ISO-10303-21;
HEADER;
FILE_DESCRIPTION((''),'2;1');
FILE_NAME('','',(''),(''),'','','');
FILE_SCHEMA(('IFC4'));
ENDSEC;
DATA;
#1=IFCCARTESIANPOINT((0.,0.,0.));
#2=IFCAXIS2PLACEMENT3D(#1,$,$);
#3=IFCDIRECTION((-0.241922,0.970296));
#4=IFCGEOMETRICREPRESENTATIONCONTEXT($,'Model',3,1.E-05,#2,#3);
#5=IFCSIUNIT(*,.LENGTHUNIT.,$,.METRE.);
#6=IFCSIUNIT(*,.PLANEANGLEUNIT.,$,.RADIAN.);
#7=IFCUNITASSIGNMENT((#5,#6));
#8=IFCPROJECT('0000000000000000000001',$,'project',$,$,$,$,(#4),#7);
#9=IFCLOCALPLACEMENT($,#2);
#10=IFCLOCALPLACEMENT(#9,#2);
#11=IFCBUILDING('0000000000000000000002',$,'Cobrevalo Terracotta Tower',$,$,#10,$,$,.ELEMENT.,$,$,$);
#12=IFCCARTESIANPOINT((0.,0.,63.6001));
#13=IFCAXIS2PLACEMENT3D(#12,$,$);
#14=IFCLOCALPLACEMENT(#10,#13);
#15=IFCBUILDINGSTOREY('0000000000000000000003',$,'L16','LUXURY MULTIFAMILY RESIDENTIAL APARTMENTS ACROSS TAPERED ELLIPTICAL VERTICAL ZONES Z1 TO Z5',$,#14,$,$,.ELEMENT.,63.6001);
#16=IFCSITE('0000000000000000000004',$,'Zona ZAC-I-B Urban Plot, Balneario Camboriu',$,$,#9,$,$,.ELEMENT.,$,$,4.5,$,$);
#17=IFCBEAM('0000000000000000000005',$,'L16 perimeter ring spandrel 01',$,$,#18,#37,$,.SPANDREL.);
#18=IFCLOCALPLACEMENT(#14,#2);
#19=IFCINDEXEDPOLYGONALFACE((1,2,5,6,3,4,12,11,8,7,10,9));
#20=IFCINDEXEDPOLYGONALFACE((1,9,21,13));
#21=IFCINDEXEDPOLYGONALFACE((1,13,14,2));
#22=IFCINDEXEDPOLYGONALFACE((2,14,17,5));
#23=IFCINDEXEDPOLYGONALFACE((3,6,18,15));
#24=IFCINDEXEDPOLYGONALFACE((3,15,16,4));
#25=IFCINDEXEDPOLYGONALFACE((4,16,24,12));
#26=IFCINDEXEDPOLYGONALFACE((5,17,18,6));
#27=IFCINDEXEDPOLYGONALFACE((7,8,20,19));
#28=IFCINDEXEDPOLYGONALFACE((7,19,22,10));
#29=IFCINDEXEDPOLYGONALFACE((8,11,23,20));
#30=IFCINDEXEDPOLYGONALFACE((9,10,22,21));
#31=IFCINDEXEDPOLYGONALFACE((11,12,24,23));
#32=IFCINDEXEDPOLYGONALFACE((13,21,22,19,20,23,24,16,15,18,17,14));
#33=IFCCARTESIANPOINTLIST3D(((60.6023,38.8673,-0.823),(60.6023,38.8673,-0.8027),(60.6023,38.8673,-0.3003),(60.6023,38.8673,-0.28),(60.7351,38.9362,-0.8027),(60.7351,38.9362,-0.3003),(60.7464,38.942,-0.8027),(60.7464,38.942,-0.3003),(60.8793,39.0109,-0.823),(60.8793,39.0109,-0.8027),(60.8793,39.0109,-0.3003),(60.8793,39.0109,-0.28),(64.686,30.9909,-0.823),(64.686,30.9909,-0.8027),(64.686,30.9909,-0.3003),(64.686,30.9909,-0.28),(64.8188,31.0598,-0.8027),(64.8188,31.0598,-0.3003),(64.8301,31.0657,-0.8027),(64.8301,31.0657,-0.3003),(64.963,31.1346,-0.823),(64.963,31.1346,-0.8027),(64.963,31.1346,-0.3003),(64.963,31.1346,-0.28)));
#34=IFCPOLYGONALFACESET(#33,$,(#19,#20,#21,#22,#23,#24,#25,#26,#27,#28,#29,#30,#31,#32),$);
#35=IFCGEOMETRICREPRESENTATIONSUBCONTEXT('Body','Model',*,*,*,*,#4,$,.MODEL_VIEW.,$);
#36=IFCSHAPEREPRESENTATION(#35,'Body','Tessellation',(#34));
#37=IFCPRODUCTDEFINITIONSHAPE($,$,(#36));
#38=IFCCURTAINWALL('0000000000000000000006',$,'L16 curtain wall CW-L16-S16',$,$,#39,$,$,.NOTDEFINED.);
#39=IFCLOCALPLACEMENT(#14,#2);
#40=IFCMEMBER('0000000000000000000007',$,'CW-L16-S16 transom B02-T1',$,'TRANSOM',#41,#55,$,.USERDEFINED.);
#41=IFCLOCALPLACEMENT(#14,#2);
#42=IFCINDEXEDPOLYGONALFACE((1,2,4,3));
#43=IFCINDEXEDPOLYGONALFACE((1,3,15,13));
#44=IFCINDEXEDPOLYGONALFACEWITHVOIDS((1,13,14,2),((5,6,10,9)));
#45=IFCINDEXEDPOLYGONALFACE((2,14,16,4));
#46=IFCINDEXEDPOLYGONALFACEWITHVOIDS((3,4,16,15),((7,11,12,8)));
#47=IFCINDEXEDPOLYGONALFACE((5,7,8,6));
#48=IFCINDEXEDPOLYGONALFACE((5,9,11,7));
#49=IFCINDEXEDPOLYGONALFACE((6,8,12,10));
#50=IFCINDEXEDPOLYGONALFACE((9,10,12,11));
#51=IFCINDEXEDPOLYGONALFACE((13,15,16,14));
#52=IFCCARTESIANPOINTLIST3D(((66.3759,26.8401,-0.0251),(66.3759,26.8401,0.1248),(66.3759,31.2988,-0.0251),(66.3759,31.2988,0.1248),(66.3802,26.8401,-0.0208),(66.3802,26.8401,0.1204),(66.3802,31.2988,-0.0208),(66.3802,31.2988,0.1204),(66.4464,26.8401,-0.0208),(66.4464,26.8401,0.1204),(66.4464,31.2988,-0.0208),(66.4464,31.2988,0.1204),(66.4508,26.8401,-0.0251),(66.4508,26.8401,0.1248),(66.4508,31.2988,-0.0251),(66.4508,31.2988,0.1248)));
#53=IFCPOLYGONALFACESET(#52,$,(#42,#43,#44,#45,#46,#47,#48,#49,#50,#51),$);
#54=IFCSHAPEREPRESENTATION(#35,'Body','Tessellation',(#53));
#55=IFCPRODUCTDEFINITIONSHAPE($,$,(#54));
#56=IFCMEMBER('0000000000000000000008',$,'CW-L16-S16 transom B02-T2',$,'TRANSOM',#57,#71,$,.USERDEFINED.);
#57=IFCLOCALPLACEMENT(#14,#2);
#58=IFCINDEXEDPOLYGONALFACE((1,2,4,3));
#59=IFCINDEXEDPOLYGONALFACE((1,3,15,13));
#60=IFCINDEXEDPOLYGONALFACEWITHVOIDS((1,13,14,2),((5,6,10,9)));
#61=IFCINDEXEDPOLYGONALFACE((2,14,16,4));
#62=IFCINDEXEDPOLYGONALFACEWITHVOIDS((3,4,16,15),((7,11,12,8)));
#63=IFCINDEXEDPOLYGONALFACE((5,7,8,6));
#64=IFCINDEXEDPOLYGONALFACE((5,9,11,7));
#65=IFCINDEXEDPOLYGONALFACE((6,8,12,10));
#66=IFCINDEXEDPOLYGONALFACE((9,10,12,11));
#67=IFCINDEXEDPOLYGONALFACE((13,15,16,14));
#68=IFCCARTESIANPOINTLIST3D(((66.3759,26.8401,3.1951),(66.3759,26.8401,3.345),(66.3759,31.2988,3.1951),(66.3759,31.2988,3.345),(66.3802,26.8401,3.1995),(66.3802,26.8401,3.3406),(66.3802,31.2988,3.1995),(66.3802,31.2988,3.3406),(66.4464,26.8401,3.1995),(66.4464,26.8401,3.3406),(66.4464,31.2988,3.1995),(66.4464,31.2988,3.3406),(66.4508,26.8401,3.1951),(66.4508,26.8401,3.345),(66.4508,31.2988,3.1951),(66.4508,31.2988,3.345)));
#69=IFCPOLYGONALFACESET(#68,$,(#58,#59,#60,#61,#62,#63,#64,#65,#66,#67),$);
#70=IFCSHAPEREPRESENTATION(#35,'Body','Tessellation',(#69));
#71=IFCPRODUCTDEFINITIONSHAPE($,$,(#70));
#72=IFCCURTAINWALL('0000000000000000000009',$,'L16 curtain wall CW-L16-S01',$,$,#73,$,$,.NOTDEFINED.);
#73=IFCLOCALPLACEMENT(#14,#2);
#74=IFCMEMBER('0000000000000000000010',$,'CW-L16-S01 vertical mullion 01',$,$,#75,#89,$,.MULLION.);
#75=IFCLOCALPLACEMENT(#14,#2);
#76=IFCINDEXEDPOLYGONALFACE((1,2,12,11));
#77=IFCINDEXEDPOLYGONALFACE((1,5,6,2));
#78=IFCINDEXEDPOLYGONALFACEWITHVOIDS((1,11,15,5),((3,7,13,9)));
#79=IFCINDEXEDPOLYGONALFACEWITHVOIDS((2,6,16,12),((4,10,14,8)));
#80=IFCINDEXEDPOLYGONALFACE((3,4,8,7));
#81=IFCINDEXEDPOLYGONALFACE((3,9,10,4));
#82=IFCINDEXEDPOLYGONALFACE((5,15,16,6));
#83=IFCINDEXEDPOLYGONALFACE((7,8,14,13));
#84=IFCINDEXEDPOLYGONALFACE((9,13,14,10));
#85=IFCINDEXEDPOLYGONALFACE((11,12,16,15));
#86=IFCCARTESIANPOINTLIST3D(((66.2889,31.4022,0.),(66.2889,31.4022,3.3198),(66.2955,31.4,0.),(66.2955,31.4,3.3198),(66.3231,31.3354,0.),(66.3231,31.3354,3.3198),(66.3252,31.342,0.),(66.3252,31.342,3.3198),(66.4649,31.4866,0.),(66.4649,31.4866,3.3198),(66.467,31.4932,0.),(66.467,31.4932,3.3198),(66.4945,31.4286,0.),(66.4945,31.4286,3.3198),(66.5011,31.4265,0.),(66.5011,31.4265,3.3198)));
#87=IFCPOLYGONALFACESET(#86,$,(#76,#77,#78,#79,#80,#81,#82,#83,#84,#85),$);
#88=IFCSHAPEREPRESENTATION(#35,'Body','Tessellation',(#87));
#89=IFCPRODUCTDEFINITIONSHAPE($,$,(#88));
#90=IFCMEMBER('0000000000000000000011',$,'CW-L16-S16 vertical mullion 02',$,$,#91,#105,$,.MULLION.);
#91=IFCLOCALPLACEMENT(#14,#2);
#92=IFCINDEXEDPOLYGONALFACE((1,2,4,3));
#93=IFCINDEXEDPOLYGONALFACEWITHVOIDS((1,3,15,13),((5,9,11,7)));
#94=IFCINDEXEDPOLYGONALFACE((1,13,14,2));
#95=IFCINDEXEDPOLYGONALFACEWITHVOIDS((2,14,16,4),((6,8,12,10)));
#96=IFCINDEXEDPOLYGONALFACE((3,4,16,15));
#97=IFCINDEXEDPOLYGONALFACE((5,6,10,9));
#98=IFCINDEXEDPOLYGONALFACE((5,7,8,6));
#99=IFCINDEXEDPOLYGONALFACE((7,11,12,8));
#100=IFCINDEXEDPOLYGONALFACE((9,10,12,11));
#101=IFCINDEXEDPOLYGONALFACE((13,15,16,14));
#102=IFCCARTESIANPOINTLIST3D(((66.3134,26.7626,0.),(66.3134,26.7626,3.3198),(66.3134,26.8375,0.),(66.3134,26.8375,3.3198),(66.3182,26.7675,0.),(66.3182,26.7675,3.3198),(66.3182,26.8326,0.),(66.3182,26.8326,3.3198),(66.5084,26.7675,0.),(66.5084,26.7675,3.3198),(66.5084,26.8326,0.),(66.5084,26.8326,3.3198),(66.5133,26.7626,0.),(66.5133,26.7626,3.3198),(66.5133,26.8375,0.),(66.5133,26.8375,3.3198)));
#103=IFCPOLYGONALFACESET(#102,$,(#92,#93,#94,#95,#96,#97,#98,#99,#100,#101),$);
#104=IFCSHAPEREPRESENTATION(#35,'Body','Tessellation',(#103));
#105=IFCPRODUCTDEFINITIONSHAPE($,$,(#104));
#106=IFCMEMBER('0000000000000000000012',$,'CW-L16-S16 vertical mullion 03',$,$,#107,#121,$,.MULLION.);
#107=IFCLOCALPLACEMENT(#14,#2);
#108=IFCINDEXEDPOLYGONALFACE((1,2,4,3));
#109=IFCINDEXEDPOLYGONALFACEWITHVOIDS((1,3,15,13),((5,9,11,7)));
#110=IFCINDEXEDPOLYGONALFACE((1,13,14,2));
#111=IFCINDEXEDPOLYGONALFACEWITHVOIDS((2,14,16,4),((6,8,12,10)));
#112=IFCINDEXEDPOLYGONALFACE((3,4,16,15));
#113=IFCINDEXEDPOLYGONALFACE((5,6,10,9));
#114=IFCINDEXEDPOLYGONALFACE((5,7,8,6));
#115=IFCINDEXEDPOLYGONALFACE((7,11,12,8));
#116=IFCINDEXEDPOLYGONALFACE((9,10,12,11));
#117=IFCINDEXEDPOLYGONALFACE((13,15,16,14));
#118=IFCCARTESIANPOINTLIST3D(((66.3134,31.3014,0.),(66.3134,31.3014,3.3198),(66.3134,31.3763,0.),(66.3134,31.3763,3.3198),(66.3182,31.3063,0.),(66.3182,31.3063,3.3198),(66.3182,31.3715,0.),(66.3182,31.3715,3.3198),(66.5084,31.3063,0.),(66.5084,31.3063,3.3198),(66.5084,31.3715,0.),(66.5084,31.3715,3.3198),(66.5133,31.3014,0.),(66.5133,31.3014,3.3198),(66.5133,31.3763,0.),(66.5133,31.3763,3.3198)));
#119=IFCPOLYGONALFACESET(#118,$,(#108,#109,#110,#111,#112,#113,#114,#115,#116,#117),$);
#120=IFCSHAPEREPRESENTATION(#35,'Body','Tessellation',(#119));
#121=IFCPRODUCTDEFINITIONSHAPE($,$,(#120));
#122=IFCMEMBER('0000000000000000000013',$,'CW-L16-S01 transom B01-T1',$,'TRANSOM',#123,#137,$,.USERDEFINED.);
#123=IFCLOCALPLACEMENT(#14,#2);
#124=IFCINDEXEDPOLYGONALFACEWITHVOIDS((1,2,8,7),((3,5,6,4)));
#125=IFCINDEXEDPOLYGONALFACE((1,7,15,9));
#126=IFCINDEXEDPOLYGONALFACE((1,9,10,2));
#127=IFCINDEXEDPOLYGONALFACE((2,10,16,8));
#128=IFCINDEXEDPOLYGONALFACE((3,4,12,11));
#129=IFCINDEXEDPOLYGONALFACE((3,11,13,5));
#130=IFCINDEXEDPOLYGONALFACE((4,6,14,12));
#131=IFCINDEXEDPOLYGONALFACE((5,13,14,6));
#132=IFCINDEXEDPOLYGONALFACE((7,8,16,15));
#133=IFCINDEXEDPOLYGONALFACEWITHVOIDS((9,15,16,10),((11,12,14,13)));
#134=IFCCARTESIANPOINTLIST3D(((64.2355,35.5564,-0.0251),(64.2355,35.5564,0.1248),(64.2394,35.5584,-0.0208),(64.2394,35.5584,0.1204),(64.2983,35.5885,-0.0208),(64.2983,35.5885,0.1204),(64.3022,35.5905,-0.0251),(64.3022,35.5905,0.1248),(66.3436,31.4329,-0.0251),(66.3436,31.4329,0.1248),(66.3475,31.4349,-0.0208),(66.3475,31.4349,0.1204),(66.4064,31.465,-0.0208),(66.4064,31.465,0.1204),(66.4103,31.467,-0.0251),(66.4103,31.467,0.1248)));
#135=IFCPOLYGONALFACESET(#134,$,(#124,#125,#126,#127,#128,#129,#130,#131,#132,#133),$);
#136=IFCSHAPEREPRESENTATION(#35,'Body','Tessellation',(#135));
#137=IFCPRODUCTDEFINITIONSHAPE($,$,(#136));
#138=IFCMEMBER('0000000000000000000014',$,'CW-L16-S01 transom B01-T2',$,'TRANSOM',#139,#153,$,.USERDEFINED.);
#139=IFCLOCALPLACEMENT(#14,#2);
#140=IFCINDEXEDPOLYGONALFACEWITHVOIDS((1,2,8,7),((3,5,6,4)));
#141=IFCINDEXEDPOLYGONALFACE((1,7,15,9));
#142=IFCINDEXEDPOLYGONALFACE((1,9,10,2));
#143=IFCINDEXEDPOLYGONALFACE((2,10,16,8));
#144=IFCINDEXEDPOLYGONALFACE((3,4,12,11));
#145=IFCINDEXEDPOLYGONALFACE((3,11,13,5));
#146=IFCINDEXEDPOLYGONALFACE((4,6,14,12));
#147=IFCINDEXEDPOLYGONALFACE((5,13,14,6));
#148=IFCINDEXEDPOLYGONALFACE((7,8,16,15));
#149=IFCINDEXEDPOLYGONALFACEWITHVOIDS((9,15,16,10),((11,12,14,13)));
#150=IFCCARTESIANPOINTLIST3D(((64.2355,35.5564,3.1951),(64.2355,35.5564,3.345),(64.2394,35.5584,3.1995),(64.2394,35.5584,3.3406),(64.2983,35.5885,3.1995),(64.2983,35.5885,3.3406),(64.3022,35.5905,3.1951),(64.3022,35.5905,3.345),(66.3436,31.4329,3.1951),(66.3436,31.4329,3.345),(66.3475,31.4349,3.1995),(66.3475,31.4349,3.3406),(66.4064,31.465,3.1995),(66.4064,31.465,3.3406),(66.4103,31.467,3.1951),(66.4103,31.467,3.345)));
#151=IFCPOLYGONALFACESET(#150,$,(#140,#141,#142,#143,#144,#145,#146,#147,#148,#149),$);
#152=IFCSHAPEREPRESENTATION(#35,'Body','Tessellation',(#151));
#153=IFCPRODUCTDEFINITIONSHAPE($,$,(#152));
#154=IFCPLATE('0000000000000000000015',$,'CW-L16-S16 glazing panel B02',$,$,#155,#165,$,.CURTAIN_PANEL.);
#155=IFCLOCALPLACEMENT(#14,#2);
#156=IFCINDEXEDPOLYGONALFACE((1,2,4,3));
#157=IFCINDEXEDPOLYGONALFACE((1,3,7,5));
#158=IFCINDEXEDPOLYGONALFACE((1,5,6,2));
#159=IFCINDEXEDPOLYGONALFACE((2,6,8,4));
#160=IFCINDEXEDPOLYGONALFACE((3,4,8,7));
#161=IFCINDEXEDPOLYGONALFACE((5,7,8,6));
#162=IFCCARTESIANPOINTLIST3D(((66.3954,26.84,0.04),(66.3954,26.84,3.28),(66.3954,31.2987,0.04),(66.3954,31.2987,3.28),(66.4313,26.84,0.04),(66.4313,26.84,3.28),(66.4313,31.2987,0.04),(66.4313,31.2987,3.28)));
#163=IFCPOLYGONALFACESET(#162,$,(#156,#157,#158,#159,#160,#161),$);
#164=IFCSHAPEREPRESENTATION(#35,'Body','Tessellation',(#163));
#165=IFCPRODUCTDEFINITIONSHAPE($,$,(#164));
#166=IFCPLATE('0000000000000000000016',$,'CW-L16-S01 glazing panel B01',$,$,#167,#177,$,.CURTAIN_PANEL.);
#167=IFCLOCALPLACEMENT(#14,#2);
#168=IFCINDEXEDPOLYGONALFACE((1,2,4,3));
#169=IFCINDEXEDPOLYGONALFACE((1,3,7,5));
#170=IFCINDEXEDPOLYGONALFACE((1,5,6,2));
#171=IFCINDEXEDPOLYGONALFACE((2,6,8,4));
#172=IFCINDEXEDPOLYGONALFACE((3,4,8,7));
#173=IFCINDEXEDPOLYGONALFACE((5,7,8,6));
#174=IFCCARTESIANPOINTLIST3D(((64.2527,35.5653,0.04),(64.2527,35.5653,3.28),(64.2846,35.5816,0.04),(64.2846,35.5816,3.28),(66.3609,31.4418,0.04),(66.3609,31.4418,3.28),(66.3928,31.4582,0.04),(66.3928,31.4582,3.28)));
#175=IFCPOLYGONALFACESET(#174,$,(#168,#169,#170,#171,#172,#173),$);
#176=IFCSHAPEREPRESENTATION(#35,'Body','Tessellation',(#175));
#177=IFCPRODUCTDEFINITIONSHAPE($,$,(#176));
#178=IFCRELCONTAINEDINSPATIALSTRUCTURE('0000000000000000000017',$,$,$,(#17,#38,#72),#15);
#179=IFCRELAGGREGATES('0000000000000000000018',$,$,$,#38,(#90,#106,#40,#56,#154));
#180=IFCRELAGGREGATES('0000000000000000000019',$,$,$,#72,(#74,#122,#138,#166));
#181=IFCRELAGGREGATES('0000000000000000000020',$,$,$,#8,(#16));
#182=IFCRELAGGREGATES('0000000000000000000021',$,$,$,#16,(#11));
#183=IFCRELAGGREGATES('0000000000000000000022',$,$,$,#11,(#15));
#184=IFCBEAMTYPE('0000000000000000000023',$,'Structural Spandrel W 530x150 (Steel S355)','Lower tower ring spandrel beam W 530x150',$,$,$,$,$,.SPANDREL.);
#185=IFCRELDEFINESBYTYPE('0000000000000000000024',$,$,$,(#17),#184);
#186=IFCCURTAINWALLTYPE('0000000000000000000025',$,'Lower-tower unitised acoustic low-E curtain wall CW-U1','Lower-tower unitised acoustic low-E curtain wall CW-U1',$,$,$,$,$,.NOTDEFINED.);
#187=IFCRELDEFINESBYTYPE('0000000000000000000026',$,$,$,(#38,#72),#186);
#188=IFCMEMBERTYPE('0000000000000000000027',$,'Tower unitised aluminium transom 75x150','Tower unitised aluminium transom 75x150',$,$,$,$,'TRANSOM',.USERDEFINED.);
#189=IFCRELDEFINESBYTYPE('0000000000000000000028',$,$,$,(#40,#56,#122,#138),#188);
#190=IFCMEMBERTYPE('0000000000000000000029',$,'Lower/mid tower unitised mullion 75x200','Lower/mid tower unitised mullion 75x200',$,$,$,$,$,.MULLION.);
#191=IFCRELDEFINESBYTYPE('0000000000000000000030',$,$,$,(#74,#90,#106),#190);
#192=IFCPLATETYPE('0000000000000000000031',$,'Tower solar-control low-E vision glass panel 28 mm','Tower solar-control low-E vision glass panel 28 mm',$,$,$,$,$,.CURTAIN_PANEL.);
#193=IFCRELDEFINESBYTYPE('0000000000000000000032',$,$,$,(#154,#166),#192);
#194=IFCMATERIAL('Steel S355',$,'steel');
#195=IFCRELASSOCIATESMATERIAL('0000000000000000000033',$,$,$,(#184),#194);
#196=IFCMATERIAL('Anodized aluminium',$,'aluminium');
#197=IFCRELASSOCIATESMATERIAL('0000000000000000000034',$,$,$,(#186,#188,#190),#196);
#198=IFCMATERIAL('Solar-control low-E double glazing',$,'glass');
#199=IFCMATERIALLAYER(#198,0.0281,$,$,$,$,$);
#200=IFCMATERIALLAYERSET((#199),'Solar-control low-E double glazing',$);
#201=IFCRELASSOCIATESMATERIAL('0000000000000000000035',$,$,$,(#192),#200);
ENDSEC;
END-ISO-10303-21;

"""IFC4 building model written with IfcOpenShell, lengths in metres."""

from ifc_helpers import new_model, si_unit, direction, frame, origin, origin_2d, place, context, subcontext, project, spatial, rectangle, hollow_rectangle, i_section, extrude, source, transform, mapped, material, layer, layer_set, material_profile, profile_set, type_object, element, aggregate, save


model = new_model("IFC4")

# Units and contexts
model_context = context("Model", 3, precision=1e-05, world=origin(), true_north=direction((-0.241922, 0.970296)))
body_context = subcontext(model_context, "Body", "Model", "MODEL_VIEW")
ifc_project = project(units=[si_unit("LENGTHUNIT", "METRE"), si_unit("PLANEANGLEUNIT", "RADIAN")], contexts=[model_context])

# Site, building, storey
site_placement = place(None, origin())
site = spatial("IfcSite", under=ifc_project, at=site_placement, Name="Zona ZAC-I-B Urban Plot, Balneario Camboriu", CompositionType="ELEMENT", RefElevation=4.5)
building_placement = place(site_placement, origin())
building = spatial("IfcBuilding", under=site, at=building_placement, Name="Cobrevalo Terracotta Tower", CompositionType="ELEMENT")
storey_placement = place(building_placement, frame((0.0, 0.0, 63.6001)))
storey = spatial("IfcBuildingStorey", under=building, at=storey_placement, Name="L16", Description="LUXURY MULTIFAMILY RESIDENTIAL APARTMENTS ACROSS TAPERED ELLIPTICAL VERTICAL ZONES Z1 TO Z5", CompositionType="ELEMENT", Elevation=63.6001)

# Shared definitions
ifc_material_1 = material(Name="Steel S355", Category="steel")

# Beam
ifc_material_profile_1 = material_profile(ifc_material_1, i_section(OverallWidth=0.312, OverallDepth=0.543, WebThickness=0.0127, FlangeThickness=0.0203, at=origin_2d()), Name="W 530x150")
ifc_profile_set_1 = profile_set([ifc_material_profile_1], Name="Steel S355")
beam_type_1 = type_object("IfcBeamType", Name="Structural Spandrel W 530x150 (Steel S355)", Description="Lower tower ring spandrel beam W 530x150", PredefinedType="SPANDREL", material=ifc_profile_set_1)
beam_1_placement = place(storey_placement, frame((64.8245, 31.0627, -0.5515), z_axis=(-0.460286, 0.887771, 0.0), x_axis=(-0.887771, -0.460286, 0.0)))
element("IfcBeam", 1, at=beam_1_placement, inside=storey, type_object=beam_type_1, Name="L16 perimeter ring spandrel 01", PredefinedType="SPANDREL", context=body_context, shape_type="SweptSolid", body=[
    extrude(i_section(OverallWidth=0.312, OverallDepth=0.543, WebThickness=0.0127, FlangeThickness=0.0203, at=origin_2d()), origin(), (0.0, 0.0, 1.0), 8.8721),
])

# Curtain wall, members
ifc_material_2 = material(Name="Anodized aluminium", Category="aluminium")
curtain_wall_type = type_object("IfcCurtainWallType", Name="Lower-tower unitised acoustic low-E curtain wall CW-U1", Description="Lower-tower unitised acoustic low-E curtain wall CW-U1", PredefinedType="NOTDEFINED", material=ifc_material_2)
curtain_wall_1_placement = place(storey_placement, origin())
curtain_wall_1 = element("IfcCurtainWall", 2, at=curtain_wall_1_placement, inside=storey, type_object=curtain_wall_type, Name="L16 curtain wall CW-L16-S16", PredefinedType="NOTDEFINED")
ifc_material_profile_2 = material_profile(ifc_material_2, hollow_rectangle(XDim=0.075, YDim=0.1499, WallThickness=0.0044, at=origin_2d()), Name="CWT 75x150")
ifc_profile_set_2 = profile_set([ifc_material_profile_2], Name="Anodized aluminium")
member_type_1 = type_object("IfcMemberType", Name="Tower unitised aluminium transom 75x150", Description="Tower unitised aluminium transom 75x150", ElementType="TRANSOM", PredefinedType="USERDEFINED", material=ifc_profile_set_2)
shared_shape_1 = source(origin(), body_context, "Body", "SweptSolid", [
    extrude(hollow_rectangle(XDim=0.075, YDim=0.1499, WallThickness=0.0044, at=origin_2d()), origin(), (0.0, 0.0, 1.0), 4.4587),
])
member_1_placement = place(storey_placement, frame((66.4133, 26.8401, 0.0498), z_axis=(0.0, 1.0, 0.0), x_axis=(-1.0, 0.0, 0.0)))
member_1 = element("IfcMember", 3, at=member_1_placement, type_object=member_type_1, Name="CW-L16-S16 transom B02-T1", ObjectType="TRANSOM", PredefinedType="USERDEFINED", context=body_context, shape_type="MappedRepresentation", body=[
    mapped(shared_shape_1, transform((0.0, 0.0, 0.0), scale=1.0)),
])
member_2_placement = place(storey_placement, frame((66.4133, 26.8401, 3.27), z_axis=(0.0, 1.0, 0.0), x_axis=(-1.0, 0.0, 0.0)))
member_2 = element("IfcMember", 4, at=member_2_placement, type_object=member_type_1, Name="CW-L16-S16 transom B02-T2", ObjectType="TRANSOM", PredefinedType="USERDEFINED", context=body_context, shape_type="MappedRepresentation", body=[
    mapped(shared_shape_1, transform((0.0, 0.0, 0.0), scale=1.0)),
])

# Curtain wall, member
curtain_wall_2_placement = place(storey_placement, origin())
curtain_wall_2 = element("IfcCurtainWall", 5, at=curtain_wall_2_placement, inside=storey, type_object=curtain_wall_type, Name="L16 curtain wall CW-L16-S01", PredefinedType="NOTDEFINED")
ifc_material_profile_3 = material_profile(ifc_material_2, hollow_rectangle(XDim=0.075, YDim=0.2, WallThickness=0.0049, at=origin_2d()), Name="CWM 75x200")
ifc_profile_set_3 = profile_set([ifc_material_profile_3], Name="Anodized aluminium")
member_type_2 = type_object("IfcMemberType", Name="Lower/mid tower unitised mullion 75x200", Description="Lower/mid tower unitised mullion 75x200", PredefinedType="MULLION", material=ifc_profile_set_3)
shared_shape_2 = source(origin(), body_context, "Body", "SweptSolid", [
    extrude(hollow_rectangle(XDim=0.075, YDim=0.2, WallThickness=0.0049, at=origin_2d()), origin(), (0.0, 0.0, 1.0), 3.3198),
])
member_3_placement = place(storey_placement, frame((66.395, 31.4143, 0.0), z_axis=(0.0, 0.0, 1.0), x_axis=(-0.455234, 0.890372, 0.0)))
member_3 = element("IfcMember", 6, at=member_3_placement, type_object=member_type_2, Name="CW-L16-S01 vertical mullion 01", PredefinedType="MULLION", context=body_context, shape_type="MappedRepresentation", body=[
    mapped(shared_shape_2, transform((0.0, 0.0, 0.0), scale=1.0)),
])

# Members
member_4_placement = place(storey_placement, frame((66.4133, 26.8, 0.0), z_axis=(0.0, 0.0, 1.0), x_axis=(0.0, 1.0, 0.0)))
member_4 = element("IfcMember", 7, at=member_4_placement, type_object=member_type_2, Name="CW-L16-S16 vertical mullion 02", PredefinedType="MULLION", context=body_context, shape_type="MappedRepresentation", body=[
    mapped(shared_shape_2, transform((0.0, 0.0, 0.0), scale=1.0)),
])
member_5_placement = place(storey_placement, frame((66.4133, 31.3389, 0.0), z_axis=(0.0, 0.0, 1.0), x_axis=(0.0, 1.0, 0.0)))
member_5 = element("IfcMember", 8, at=member_5_placement, type_object=member_type_2, Name="CW-L16-S16 vertical mullion 03", PredefinedType="MULLION", context=body_context, shape_type="MappedRepresentation", body=[
    mapped(shared_shape_2, transform((0.0, 0.0, 0.0), scale=1.0)),
])
shared_shape_3 = source(origin(), body_context, "Body", "SweptSolid", [
    extrude(hollow_rectangle(XDim=0.075, YDim=0.1499, WallThickness=0.0044, at=origin_2d()), origin(), (0.0, 0.0, 1.0), 4.6311),
])
member_6_placement = place(storey_placement, frame((66.377, 31.45, 0.0498), z_axis=(-0.455209, 0.890385, 0.0), x_axis=(-0.890385, -0.455209, 0.0)))
member_6 = element("IfcMember", 9, at=member_6_placement, type_object=member_type_1, Name="CW-L16-S01 transom B01-T1", ObjectType="TRANSOM", PredefinedType="USERDEFINED", context=body_context, shape_type="MappedRepresentation", body=[
    mapped(shared_shape_3, transform((0.0, 0.0, 0.0), scale=1.0)),
])
member_7_placement = place(storey_placement, frame((66.377, 31.45, 3.27), z_axis=(-0.455209, 0.890385, 0.0), x_axis=(-0.890385, -0.455209, 0.0)))
member_7 = element("IfcMember", 10, at=member_7_placement, type_object=member_type_1, Name="CW-L16-S01 transom B01-T2", ObjectType="TRANSOM", PredefinedType="USERDEFINED", context=body_context, shape_type="MappedRepresentation", body=[
    mapped(shared_shape_3, transform((0.0, 0.0, 0.0), scale=1.0)),
])

# Plates
ifc_material_3 = material(Name="Solar-control low-E double glazing", Category="glass")
ifc_layer_1 = layer(ifc_material_3, 0.0281)
ifc_layer_set_1 = layer_set([ifc_layer_1], Name="Solar-control low-E double glazing")
plate_type = type_object("IfcPlateType", Name="Tower solar-control low-E vision glass panel 28 mm", Description="Tower solar-control low-E vision glass panel 28 mm", PredefinedType="CURTAIN_PANEL", material=ifc_layer_set_1)
shared_shape_4 = source(origin(), body_context, "Body", "SweptSolid", [
    extrude(rectangle(XDim=4.4587, YDim=0.0359, at=origin_2d()), origin(), (0.0, 0.0, 1.0), 3.24),
])
plate_1_placement = place(storey_placement, frame((66.4133, 29.0693, 0.04), z_axis=(0.0, 0.0, 1.0), x_axis=(0.0, 1.0, 0.0)))
plate_1 = element("IfcPlate", 11, at=plate_1_placement, type_object=plate_type, Name="CW-L16-S16 glazing panel B02", PredefinedType="CURTAIN_PANEL", context=body_context, shape_type="MappedRepresentation", body=[
    mapped(shared_shape_4, transform((0.0, 0.0, 0.0), scale=1.0)),
])
aggregate(curtain_wall_1, [member_4, member_5, member_1, member_2, plate_1])
shared_shape_5 = source(origin(), body_context, "Body", "SweptSolid", [
    extrude(rectangle(XDim=4.6311, YDim=0.0359, at=origin_2d()), origin(), (0.0, 0.0, 1.0), 3.24),
])
plate_2_placement = place(storey_placement, frame((65.3228, 33.5117, 0.04), z_axis=(0.0, 0.0, 1.0), x_axis=(-0.455231, 0.890373, 0.0)))
plate_2 = element("IfcPlate", 12, at=plate_2_placement, type_object=plate_type, Name="CW-L16-S01 glazing panel B01", PredefinedType="CURTAIN_PANEL", context=body_context, shape_type="MappedRepresentation", body=[
    mapped(shared_shape_5, transform((0.0, 0.0, 0.0), scale=1.0)),
])
aggregate(curtain_wall_2, [member_3, member_6, member_7, plate_2])

save(model, "model.ifc")
